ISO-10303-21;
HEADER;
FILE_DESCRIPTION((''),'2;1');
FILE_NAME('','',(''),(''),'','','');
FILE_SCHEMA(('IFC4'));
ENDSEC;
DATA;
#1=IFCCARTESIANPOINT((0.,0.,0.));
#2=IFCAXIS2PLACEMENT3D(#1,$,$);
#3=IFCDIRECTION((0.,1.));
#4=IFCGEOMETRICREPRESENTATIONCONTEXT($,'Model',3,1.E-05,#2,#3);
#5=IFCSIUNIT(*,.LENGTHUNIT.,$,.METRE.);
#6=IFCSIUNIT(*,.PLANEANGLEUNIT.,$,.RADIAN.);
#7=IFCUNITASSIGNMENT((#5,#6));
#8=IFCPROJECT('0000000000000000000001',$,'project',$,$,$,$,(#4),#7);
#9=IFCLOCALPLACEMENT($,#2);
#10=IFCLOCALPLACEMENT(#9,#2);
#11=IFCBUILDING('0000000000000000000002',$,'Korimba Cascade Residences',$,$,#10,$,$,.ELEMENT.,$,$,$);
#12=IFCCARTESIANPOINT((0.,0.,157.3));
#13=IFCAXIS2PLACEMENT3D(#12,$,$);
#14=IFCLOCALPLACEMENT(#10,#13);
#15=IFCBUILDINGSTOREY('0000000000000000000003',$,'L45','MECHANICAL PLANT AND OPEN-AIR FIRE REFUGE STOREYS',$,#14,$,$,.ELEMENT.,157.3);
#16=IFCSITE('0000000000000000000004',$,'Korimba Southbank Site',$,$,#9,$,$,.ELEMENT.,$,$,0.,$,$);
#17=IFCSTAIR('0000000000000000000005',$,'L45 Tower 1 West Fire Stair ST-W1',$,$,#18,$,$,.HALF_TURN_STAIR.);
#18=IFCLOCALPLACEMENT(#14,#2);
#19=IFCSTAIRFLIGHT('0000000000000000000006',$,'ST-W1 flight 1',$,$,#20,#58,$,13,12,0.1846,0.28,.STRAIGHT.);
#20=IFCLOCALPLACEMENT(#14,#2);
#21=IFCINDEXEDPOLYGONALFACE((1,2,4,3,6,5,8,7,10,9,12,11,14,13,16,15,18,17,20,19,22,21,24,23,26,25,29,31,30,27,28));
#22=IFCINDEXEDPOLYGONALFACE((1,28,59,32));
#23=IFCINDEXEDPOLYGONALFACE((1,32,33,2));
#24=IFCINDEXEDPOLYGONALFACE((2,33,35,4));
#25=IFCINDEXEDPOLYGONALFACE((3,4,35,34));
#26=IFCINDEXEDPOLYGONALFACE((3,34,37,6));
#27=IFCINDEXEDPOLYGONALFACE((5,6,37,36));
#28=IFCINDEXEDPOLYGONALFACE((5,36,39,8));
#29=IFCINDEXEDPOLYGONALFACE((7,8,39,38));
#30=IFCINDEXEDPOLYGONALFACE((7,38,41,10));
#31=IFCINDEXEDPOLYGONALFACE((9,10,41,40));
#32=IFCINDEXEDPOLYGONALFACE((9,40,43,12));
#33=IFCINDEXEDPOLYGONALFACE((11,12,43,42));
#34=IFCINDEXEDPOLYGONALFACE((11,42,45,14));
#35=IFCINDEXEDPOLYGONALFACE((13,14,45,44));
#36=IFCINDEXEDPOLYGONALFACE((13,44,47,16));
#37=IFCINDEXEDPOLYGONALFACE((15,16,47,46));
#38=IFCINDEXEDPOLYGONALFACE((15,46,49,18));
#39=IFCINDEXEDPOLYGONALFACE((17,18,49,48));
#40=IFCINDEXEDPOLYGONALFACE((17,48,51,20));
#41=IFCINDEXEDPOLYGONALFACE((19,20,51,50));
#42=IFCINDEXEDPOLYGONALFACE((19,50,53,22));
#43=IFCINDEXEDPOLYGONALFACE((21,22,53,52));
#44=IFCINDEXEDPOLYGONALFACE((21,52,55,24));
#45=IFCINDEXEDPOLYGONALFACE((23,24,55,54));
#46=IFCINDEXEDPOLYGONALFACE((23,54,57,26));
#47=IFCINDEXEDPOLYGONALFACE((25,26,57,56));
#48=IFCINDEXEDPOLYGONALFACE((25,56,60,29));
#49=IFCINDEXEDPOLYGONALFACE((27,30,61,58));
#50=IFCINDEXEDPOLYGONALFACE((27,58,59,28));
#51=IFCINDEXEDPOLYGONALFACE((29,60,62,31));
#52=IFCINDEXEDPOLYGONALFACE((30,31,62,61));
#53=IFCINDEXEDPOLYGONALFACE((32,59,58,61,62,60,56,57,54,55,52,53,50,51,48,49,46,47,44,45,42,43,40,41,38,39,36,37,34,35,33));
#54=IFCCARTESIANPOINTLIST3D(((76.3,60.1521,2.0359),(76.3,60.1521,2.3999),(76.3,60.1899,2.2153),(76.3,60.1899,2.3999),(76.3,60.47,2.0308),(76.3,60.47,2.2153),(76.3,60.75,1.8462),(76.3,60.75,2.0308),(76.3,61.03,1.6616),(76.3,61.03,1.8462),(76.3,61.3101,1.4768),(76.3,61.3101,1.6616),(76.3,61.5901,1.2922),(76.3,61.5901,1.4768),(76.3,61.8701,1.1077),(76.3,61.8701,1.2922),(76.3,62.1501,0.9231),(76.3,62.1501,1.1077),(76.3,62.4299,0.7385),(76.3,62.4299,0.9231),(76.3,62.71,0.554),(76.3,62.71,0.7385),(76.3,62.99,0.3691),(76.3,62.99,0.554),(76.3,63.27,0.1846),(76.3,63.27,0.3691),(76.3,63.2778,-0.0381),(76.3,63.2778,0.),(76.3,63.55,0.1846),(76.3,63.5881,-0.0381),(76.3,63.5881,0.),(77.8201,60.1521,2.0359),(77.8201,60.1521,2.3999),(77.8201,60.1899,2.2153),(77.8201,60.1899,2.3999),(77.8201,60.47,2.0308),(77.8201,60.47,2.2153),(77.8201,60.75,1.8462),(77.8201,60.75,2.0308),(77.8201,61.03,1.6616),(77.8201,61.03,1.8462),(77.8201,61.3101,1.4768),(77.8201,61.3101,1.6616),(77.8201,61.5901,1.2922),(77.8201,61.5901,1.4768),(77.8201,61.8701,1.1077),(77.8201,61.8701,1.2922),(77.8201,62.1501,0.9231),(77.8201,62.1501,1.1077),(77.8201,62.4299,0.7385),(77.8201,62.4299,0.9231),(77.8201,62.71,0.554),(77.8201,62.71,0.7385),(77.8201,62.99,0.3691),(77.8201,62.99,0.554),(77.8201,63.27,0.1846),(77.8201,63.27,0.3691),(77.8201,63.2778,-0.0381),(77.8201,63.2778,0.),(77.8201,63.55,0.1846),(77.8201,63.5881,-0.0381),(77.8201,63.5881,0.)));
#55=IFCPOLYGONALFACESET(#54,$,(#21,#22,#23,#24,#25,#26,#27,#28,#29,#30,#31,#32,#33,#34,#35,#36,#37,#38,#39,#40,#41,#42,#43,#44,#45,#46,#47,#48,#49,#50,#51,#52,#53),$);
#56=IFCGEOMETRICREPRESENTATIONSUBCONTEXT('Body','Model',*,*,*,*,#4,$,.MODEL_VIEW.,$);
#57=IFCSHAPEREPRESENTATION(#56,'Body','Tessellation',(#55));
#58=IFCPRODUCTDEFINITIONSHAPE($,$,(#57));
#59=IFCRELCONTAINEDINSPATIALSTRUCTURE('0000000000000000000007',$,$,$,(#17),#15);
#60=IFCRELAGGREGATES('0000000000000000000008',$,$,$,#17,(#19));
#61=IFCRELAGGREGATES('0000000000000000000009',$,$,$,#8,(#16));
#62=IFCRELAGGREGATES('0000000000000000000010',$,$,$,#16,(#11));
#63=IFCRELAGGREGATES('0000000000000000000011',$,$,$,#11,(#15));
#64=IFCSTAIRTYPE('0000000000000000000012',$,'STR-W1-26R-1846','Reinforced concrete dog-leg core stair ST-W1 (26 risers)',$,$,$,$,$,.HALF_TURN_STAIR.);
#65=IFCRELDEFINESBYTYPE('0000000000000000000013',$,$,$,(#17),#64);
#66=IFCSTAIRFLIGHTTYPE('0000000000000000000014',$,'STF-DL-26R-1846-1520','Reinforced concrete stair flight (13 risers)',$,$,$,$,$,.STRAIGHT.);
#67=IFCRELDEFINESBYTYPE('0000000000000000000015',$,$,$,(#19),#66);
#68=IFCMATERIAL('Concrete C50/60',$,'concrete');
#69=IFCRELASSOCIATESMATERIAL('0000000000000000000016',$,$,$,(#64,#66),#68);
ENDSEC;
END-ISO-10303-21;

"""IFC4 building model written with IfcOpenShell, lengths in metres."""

from ifc_helpers import new_model, si_unit, direction, frame, origin, place, context, subcontext, project, spatial, polyline, outline, extrude, material, type_object, element, aggregate, save


model = new_model("IFC4")

# Units and contexts
model_context = context("Model", 3, precision=1e-05, world=origin(), true_north=direction((0.0, 1.0)))
body_context = subcontext(model_context, "Body", "Model", "MODEL_VIEW")
ifc_project = project(units=[si_unit("LENGTHUNIT", "METRE"), si_unit("PLANEANGLEUNIT", "RADIAN")], contexts=[model_context])

# Site, building, storey
site_placement = place(None, origin())
site = spatial("IfcSite", under=ifc_project, at=site_placement, Name="Korimba Southbank Site", CompositionType="ELEMENT", RefElevation=0.0)
building_placement = place(site_placement, origin())
building = spatial("IfcBuilding", under=site, at=building_placement, Name="Korimba Cascade Residences", CompositionType="ELEMENT")
storey_placement = place(building_placement, frame((0.0, 0.0, 157.3)))
storey = spatial("IfcBuildingStorey", under=building, at=storey_placement, Name="L45", Description="MECHANICAL PLANT AND OPEN-AIR FIRE REFUGE STOREYS", CompositionType="ELEMENT", Elevation=157.3)

# Stair, stair flight
ifc_material_1 = material(Name="Concrete C50/60", Category="concrete")
stair_type = type_object("IfcStairType", Name="STR-W1-26R-1846", Description="Reinforced concrete dog-leg core stair ST-W1 (26 risers)", PredefinedType="HALF_TURN_STAIR", material=ifc_material_1)
stair_placement = place(storey_placement, origin())
stair = element("IfcStair", 1, at=stair_placement, inside=storey, type_object=stair_type, Name="L45 Tower 1 West Fire Stair ST-W1", PredefinedType="HALF_TURN_STAIR")
stair_flight_type = type_object("IfcStairFlightType", Name="STF-DL-26R-1846-1520", Description="Reinforced concrete stair flight (13 risers)", PredefinedType="STRAIGHT", material=ifc_material_1)
stair_flight_placement = place(storey_placement, frame((77.0601, 63.55, 0.0), z_axis=(0.0, 0.0, 1.0), x_axis=(0.0, -1.0, 0.0)))
stair_flight = element("IfcStairFlight", 2, at=stair_flight_placement, type_object=stair_flight_type, Name="ST-W1 flight 1", NumberOfRisers=13, NumberOfTreads=12, PredefinedType="STRAIGHT", RiserHeight=0.1846, TreadLength=0.28, context=body_context, shape_type="SweptSolid", body=[
    extrude(outline(polyline([(-0.0381, 0.0), (0.0, 0.1846), (0.28, 0.1846), (0.28, 0.3691), (0.5601, 0.3691), (0.5601, 0.554), (0.8401, 0.554), (0.8401, 0.7385), (1.1201, 0.7385), (1.1201, 0.9231), (1.3999, 0.9231), (1.3999, 1.1077), (1.6799, 1.1077), (1.6799, 1.2922), (1.96, 1.2922), (1.96, 1.4768), (2.24, 1.4768), (2.24, 1.6616), (2.52, 1.6616), (2.52, 1.8462), (2.8, 1.8462), (2.8, 2.0308), (3.0801, 2.0308), (3.0801, 2.2153), (3.3601, 2.2153), (3.3601, 2.3999), (3.3979, 2.3999), (3.3979, 2.0359), (0.2722, 0.0), (0.2722, -0.0381), (-0.0381, -0.0381), (-0.0381, 0.0)])), frame((0.0, 0.76, 0.0), z_axis=(0.0, -1.0, 0.0), x_axis=(1.0, 0.0, 0.0)), (0.0, 0.0, 1.0), 1.52),
])
aggregate(stair, [stair_flight])

save(model, "model.ifc")
